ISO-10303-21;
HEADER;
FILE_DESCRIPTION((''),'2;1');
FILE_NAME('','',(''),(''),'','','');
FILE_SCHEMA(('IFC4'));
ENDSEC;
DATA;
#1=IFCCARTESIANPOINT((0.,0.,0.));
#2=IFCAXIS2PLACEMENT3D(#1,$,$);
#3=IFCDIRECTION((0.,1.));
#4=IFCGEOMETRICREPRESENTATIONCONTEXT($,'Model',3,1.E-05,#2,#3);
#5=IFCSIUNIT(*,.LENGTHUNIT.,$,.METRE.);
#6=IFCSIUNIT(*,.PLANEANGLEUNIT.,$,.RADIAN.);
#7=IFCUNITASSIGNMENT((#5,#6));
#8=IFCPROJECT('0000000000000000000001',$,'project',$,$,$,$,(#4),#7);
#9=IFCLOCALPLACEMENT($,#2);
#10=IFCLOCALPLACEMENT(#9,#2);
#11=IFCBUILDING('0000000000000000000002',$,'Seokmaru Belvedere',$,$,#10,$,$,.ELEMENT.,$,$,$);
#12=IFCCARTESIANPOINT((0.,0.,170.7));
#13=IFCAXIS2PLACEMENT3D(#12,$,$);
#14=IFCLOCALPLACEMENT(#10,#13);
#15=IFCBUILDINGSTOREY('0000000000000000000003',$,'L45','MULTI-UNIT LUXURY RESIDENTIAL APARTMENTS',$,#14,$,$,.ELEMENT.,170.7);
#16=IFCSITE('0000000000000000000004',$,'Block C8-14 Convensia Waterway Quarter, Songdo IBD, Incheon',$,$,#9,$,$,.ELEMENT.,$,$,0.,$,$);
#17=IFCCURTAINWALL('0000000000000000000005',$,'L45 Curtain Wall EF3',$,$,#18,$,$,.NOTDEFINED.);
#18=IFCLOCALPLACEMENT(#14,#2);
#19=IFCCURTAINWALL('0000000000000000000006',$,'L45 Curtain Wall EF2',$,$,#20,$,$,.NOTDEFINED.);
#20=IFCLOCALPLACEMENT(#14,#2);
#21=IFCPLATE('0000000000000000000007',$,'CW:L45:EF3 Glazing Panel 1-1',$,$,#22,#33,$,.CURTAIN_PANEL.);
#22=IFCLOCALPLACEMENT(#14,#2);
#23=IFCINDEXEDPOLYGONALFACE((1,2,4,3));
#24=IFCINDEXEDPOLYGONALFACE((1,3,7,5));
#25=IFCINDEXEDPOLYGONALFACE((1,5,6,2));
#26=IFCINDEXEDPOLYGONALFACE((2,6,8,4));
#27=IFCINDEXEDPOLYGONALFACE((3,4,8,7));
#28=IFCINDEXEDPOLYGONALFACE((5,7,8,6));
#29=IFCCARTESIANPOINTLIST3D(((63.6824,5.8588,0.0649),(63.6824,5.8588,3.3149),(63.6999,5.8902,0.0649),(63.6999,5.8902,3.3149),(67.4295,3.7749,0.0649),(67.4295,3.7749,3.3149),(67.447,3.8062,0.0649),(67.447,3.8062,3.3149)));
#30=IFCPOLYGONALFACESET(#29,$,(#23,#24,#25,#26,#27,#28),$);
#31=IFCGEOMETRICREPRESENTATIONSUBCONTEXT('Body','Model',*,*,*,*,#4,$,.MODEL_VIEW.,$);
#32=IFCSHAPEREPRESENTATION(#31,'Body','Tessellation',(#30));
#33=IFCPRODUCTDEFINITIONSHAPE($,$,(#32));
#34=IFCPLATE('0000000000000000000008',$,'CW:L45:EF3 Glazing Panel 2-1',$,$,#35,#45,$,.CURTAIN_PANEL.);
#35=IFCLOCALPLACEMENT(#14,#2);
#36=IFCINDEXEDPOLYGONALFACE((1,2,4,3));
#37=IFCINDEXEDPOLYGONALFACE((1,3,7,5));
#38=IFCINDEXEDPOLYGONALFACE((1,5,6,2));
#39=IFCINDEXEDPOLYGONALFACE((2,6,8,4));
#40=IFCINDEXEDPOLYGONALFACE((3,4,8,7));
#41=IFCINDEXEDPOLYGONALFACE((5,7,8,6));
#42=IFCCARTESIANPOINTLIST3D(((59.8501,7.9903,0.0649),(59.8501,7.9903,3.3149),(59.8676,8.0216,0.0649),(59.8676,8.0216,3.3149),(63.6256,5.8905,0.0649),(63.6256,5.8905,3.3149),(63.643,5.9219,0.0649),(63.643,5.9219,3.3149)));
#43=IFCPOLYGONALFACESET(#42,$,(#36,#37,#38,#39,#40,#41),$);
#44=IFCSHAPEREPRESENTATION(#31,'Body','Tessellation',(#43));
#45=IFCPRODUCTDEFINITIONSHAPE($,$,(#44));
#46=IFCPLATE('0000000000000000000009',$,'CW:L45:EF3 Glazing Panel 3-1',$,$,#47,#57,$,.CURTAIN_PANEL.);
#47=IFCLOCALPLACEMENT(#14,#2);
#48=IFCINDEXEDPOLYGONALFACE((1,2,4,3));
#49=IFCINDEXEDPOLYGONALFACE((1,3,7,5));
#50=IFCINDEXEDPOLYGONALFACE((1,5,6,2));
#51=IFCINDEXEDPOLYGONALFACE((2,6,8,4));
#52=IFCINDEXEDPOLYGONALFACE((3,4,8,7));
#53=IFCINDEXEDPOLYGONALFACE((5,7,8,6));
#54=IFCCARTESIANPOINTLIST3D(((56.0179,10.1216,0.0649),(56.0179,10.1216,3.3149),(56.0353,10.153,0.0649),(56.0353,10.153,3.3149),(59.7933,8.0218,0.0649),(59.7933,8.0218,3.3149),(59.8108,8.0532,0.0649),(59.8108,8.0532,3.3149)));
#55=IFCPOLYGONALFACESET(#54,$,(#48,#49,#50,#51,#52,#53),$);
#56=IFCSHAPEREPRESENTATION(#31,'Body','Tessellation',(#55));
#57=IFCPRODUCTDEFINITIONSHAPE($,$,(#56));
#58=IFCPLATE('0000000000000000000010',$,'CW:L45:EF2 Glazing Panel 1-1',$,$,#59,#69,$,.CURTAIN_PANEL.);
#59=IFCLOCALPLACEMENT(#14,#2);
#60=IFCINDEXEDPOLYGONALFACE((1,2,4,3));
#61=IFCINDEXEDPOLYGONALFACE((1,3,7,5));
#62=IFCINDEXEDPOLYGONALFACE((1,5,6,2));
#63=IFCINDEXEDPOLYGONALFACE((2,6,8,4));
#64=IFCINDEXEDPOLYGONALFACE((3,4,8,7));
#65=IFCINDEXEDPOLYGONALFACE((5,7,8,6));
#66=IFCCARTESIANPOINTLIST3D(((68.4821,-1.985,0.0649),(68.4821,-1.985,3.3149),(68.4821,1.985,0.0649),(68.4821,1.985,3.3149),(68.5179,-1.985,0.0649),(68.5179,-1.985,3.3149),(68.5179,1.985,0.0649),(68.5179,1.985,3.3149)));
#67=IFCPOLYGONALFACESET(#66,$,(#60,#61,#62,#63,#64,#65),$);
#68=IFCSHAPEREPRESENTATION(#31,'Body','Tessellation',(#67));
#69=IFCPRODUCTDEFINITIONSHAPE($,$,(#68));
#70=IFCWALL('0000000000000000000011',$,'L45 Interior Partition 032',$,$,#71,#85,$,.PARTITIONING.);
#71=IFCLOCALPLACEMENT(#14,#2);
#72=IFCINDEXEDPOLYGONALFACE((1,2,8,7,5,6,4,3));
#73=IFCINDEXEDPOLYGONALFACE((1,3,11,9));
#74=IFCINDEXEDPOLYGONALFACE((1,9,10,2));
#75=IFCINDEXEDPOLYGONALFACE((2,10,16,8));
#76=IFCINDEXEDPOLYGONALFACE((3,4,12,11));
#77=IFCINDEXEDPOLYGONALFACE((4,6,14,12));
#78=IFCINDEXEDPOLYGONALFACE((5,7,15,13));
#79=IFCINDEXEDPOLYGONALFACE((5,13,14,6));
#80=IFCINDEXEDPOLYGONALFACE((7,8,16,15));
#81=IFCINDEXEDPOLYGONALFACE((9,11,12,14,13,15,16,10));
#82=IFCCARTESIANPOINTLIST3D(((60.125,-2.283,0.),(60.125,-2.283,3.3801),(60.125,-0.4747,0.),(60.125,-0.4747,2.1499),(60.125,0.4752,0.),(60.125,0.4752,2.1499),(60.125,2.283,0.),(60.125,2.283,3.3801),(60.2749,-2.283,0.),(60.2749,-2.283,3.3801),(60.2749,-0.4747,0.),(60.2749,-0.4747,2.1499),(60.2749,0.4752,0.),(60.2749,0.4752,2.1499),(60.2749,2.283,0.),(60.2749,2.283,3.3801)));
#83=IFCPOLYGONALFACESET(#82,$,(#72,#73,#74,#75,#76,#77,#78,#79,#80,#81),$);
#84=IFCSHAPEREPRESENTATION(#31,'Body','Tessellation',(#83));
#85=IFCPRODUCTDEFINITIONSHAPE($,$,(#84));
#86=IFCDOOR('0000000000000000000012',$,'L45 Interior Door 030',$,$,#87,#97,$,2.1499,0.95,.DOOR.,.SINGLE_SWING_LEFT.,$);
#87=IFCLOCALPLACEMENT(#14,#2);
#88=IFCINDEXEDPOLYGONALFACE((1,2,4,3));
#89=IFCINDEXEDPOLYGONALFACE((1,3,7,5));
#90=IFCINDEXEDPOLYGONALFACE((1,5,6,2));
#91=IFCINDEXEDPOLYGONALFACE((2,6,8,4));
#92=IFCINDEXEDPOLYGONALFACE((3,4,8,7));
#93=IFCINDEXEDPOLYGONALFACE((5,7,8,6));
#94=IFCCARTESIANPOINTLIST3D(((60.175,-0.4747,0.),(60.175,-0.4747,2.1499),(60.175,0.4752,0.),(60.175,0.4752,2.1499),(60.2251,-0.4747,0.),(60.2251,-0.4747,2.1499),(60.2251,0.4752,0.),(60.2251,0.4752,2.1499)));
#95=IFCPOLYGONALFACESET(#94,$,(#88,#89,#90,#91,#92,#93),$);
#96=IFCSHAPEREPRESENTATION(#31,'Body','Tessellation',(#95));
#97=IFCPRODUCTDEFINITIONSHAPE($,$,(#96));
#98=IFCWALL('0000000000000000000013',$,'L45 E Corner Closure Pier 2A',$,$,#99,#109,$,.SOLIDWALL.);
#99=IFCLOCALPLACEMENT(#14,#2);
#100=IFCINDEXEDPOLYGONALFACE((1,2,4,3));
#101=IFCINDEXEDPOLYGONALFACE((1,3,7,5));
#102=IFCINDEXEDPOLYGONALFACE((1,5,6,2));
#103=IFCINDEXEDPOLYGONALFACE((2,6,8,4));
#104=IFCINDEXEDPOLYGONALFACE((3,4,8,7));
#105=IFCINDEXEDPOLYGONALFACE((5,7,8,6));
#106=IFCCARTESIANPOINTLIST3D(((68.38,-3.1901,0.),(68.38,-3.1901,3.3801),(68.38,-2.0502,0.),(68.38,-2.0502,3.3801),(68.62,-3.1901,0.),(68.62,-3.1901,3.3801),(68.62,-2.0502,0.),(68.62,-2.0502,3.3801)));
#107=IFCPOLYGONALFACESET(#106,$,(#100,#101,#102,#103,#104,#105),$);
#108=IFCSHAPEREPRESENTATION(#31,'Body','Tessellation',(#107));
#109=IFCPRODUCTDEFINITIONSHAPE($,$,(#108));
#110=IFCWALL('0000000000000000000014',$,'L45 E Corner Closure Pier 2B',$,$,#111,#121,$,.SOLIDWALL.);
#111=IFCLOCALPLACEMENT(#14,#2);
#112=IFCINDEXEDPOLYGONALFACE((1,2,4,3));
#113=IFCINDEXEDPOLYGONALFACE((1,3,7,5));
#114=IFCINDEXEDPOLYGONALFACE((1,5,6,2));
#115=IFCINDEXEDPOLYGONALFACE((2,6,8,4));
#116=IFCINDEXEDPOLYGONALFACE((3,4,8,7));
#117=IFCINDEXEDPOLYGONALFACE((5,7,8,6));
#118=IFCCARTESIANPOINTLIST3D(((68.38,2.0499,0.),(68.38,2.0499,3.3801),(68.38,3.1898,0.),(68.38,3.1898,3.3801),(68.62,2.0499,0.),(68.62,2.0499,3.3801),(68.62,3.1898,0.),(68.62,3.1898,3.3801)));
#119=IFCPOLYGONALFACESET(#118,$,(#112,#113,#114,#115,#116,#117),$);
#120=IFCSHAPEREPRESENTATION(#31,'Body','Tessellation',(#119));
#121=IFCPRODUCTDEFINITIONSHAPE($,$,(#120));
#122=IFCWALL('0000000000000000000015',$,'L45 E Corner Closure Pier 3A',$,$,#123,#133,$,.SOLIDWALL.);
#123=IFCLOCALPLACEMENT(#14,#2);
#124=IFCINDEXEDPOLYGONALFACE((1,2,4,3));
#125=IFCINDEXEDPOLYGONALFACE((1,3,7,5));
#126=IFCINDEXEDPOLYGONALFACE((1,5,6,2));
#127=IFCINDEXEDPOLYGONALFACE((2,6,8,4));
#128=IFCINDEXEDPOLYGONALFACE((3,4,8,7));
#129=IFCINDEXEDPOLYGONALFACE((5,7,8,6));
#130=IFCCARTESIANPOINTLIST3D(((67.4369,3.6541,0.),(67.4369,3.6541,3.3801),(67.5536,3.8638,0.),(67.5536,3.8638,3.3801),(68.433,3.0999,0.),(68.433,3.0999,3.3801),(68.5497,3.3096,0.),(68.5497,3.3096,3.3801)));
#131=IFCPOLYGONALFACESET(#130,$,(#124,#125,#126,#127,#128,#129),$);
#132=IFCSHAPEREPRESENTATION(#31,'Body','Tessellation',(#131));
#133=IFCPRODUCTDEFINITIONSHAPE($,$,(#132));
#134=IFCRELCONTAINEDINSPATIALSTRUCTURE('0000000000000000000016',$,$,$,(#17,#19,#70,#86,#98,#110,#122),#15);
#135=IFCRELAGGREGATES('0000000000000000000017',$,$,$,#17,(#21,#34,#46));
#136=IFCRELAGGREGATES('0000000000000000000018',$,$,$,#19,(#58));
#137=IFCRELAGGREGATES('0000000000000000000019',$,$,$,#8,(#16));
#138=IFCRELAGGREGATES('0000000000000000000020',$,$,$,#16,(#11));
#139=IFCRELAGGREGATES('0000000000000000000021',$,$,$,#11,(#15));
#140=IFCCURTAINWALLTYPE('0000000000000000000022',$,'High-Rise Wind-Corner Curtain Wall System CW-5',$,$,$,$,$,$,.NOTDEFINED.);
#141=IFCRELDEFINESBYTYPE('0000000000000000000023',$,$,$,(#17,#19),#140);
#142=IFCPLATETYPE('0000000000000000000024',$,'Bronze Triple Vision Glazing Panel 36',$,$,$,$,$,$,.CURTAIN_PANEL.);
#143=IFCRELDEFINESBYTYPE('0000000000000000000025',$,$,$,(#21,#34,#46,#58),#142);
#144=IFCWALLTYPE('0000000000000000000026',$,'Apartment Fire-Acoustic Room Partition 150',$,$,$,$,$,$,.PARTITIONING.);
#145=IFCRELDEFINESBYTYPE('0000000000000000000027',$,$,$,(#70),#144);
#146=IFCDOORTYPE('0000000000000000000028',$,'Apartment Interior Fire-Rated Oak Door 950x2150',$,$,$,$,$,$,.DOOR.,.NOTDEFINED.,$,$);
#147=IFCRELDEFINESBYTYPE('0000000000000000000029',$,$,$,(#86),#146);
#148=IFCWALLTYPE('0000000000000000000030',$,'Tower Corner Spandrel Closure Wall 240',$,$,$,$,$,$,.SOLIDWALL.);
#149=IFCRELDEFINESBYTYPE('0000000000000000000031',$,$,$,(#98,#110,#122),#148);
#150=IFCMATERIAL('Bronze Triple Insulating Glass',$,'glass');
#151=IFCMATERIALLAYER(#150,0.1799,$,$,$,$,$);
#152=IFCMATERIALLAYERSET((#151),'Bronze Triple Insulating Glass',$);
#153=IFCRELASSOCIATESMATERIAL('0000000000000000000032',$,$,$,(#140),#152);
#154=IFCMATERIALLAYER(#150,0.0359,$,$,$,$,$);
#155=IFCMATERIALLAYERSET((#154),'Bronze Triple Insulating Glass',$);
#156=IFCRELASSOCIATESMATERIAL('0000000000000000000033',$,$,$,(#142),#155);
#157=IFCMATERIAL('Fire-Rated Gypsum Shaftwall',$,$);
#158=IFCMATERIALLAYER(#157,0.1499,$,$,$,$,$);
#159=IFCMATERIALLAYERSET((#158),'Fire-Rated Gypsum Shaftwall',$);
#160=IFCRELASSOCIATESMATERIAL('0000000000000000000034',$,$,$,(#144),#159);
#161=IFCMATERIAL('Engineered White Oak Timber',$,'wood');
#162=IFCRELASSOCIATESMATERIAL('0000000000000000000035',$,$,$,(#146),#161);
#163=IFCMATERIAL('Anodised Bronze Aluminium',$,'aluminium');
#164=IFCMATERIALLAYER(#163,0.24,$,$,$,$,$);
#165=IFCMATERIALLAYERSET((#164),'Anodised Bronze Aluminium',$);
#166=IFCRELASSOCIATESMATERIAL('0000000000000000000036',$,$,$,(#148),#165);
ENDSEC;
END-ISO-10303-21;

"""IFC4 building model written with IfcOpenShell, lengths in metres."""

from ifc_helpers import new_model, si_unit, direction, frame, frame_2d, origin, origin_2d, place, context, subcontext, project, spatial, rectangle, extrude, source, transform, mapped, material, layer, layer_set, type_object, type_shapes, element, fill, aggregate, save


model = new_model("IFC4")

# Units and contexts
model_context = context("Model", 3, precision=1e-05, world=origin(), true_north=direction((0.0, 1.0)))
body_context = subcontext(model_context, "Body", "Model", "MODEL_VIEW")
ifc_project = project(units=[si_unit("LENGTHUNIT", "METRE"), si_unit("PLANEANGLEUNIT", "RADIAN")], contexts=[model_context])

# Site, building, storey
site_placement = place(None, origin())
site = spatial("IfcSite", under=ifc_project, at=site_placement, Name="Block C8-14 Convensia Waterway Quarter, Songdo IBD, Incheon", CompositionType="ELEMENT", RefElevation=0.0)
building_placement = place(site_placement, origin())
building = spatial("IfcBuilding", under=site, at=building_placement, Name="Seokmaru Belvedere", CompositionType="ELEMENT")
storey_placement = place(building_placement, frame((0.0, 0.0, 170.7)))
storey = spatial("IfcBuildingStorey", under=building, at=storey_placement, Name="L45", Description="MULTI-UNIT LUXURY RESIDENTIAL APARTMENTS", CompositionType="ELEMENT", Elevation=170.7)

# Curtain walls
ifc_material_1 = material(Name="Bronze Triple Insulating Glass", Category="glass")
ifc_layer_1 = layer(ifc_material_1, 0.1799)
ifc_layer_set_1 = layer_set([ifc_layer_1], Name="Bronze Triple Insulating Glass")
curtain_wall_type = type_object("IfcCurtainWallType", Name="High-Rise Wind-Corner Curtain Wall System CW-5", PredefinedType="NOTDEFINED", material=ifc_layer_set_1)
curtain_wall_1_placement = place(storey_placement, origin())
curtain_wall_1 = element("IfcCurtainWall", 1, at=curtain_wall_1_placement, inside=storey, type_object=curtain_wall_type, Name="L45 Curtain Wall EF3", PredefinedType="NOTDEFINED")
ifc_material_2 = material(Name="Anodised Bronze Aluminium", Category="aluminium")
curtain_wall_2_placement = place(storey_placement, origin())
curtain_wall_2 = element("IfcCurtainWall", 2, at=curtain_wall_2_placement, inside=storey, type_object=curtain_wall_type, Name="L45 Curtain Wall EF2", PredefinedType="NOTDEFINED")

# Plates
ifc_layer_2 = layer(ifc_material_1, 0.0359)
ifc_layer_set_2 = layer_set([ifc_layer_2], Name="Bronze Triple Insulating Glass")
plate_type = type_object("IfcPlateType", Name="Bronze Triple Vision Glazing Panel 36", PredefinedType="CURTAIN_PANEL", material=ifc_layer_set_2)
shared_shape_1 = source(origin(), body_context, "Body", "SweptSolid", [
    extrude(rectangle(XDim=4.2876, YDim=0.0359, at=origin_2d()), origin(), (0.0, 0.0, 1.0), 3.25),
])
plate_1_placement = place(storey_placement, frame((65.5647, 4.8325, 0.0649), z_axis=(0.0, 0.0, 1.0), x_axis=(-0.873933, 0.486047, 0.0)))
plate_1 = element("IfcPlate", 3, at=plate_1_placement, type_object=plate_type, Name="CW:L45:EF3 Glazing Panel 1-1", PredefinedType="CURTAIN_PANEL", context=body_context, shape_type="MappedRepresentation", body=[
    mapped(shared_shape_1, transform((0.0, 0.0, 0.0), scale=1.0)),
])
shared_shape_2 = source(origin(), body_context, "Body", "SweptSolid", [
    extrude(rectangle(XDim=4.3201, YDim=0.0359, at=origin_2d()), origin(), (0.0, 0.0, 1.0), 3.25),
])
plate_2_placement = place(storey_placement, frame((61.7466, 6.9561, 0.0649), z_axis=(0.0, 0.0, 1.0), x_axis=(-0.873933, 0.486047, 0.0)))
plate_2 = element("IfcPlate", 4, at=plate_2_placement, type_object=plate_type, Name="CW:L45:EF3 Glazing Panel 2-1", PredefinedType="CURTAIN_PANEL", context=body_context, shape_type="MappedRepresentation", body=[
    mapped(shared_shape_2, transform((0.0, 0.0, 0.0), scale=1.0)),
])
plate_3_placement = place(storey_placement, frame((57.9143, 9.0874, 0.0649), z_axis=(0.0, 0.0, 1.0), x_axis=(-0.873933, 0.486047, 0.0)))
plate_3 = element("IfcPlate", 5, at=plate_3_placement, type_object=plate_type, Name="CW:L45:EF3 Glazing Panel 3-1", PredefinedType="CURTAIN_PANEL", context=body_context, shape_type="MappedRepresentation", body=[
    mapped(shared_shape_2, transform((0.0, 0.0, 0.0), scale=1.0)),
])
aggregate(curtain_wall_1, [plate_1, plate_2, plate_3])
shared_shape_3 = source(origin(), body_context, "Body", "SweptSolid", [
    extrude(rectangle(XDim=3.97, YDim=0.0359, at=origin_2d()), origin(), (0.0, 0.0, 1.0), 3.25),
])
type_shapes(plate_type, [shared_shape_1, shared_shape_2, shared_shape_3])
plate_4_placement = place(storey_placement, frame((68.5, 0.0, 0.0649), z_axis=(0.0, 0.0, 1.0), x_axis=(0.0, 1.0, 0.0)))
plate_4 = element("IfcPlate", 6, at=plate_4_placement, type_object=plate_type, Name="CW:L45:EF2 Glazing Panel 1-1", PredefinedType="CURTAIN_PANEL", context=body_context, shape_type="MappedRepresentation", body=[
    mapped(shared_shape_3, transform((0.0, 0.0, 0.0), scale=1.0)),
])
aggregate(curtain_wall_2, [plate_4])

# Wall, opening, door
ifc_material_3 = material(Name="Fire-Rated Gypsum Shaftwall")
ifc_layer_3 = layer(ifc_material_3, 0.1499)
ifc_layer_set_3 = layer_set([ifc_layer_3], Name="Fire-Rated Gypsum Shaftwall")
wall_type_1 = type_object("IfcWallType", Name="Apartment Fire-Acoustic Room Partition 150", PredefinedType="PARTITIONING", material=ifc_layer_set_3)
wall_placement = place(storey_placement, frame((60.2, -2.283, 0.0), z_axis=(0.0, 0.0, 1.0), x_axis=(0.0, 1.0, 0.0)))
wall = element("IfcWall", 7, at=wall_placement, inside=storey, type_object=wall_type_1, Name="L45 Interior Partition 032", PredefinedType="PARTITIONING", context=body_context, shape_type="SweptSolid", body=[
    extrude(rectangle(XDim=4.5659, YDim=0.1499, at=frame_2d((2.283, 0.0))), origin(), (0.0, 0.0, 1.0), 3.3801),
])
opening_placement = place(wall_placement, frame((1.8081, 0.0, 0.0)))
opening = element("IfcOpeningElement", 8, at=opening_placement, cuts=wall, PredefinedType="OPENING", context=body_context, shape_type="SweptSolid", body=[
    extrude(rectangle(XDim=0.95, YDim=2.1499, at=frame_2d((0.4751, 1.075))), frame((0.0, 0.085, 0.0), z_axis=(0.0, -1.0, 0.0), x_axis=(1.0, 0.0, 0.0)), (0.0, 0.0, 1.0), 0.1699),
])
ifc_material_4 = material(Name="Engineered White Oak Timber", Category="wood")
door_type = type_object("IfcDoorType", Name="Apartment Interior Fire-Rated Oak Door 950x2150", OperationType="NOTDEFINED", PredefinedType="DOOR", material=ifc_material_4)
shared_shape_4 = source(origin(), body_context, "Body", "SweptSolid", [
    extrude(rectangle(XDim=0.95, YDim=2.1499, at=frame_2d((0.4751, 1.075))), frame((0.0, 0.0249, 0.0), z_axis=(0.0, -1.0, 0.0), x_axis=(1.0, 0.0, 0.0)), (0.0, 0.0, 1.0), 0.05),
])
type_shapes(door_type, [shared_shape_4])
door_placement = place(opening_placement, origin())
door = element("IfcDoor", 9, at=door_placement, inside=storey, type_object=door_type, Name="L45 Interior Door 030", OperationType="SINGLE_SWING_LEFT", OverallHeight=2.1499, OverallWidth=0.95, PredefinedType="DOOR", context=body_context, shape_type="MappedRepresentation", body=[
    mapped(shared_shape_4, transform((0.0, 0.0, 0.0), scale=1.0)),
])
fill(opening, door)

# Walls
ifc_layer_4 = layer(ifc_material_2, 0.24)
ifc_layer_set_4 = layer_set([ifc_layer_4], Name="Anodised Bronze Aluminium")
wall_type_2 = type_object("IfcWallType", Name="Tower Corner Spandrel Closure Wall 240", PredefinedType="SOLIDWALL", material=ifc_layer_set_4)
for number, where, z_axis, x_axis, name in (
    (10, (68.5, -3.1899, 0.0), (0.0, 0.0, 1.0), (0.0, 1.0, 0.0), "L45 E Corner Closure Pier 2A"),
    (11, (68.5, 2.05, 0.0), (0.0, 0.0, 1.0), (0.0, 1.0, 0.0), "L45 E Corner Closure Pier 2B"),
    (12, (68.4912, 3.2048, 0.0), (0.0, 0.0, 1.0), (-0.873854, 0.486188, 0.0), "L45 E Corner Closure Pier 3A"),
):
    element("IfcWall", number, at=place(storey_placement, frame(where, z_axis=z_axis, x_axis=x_axis)), inside=storey, type_object=wall_type_2, Name=name, PredefinedType="SOLIDWALL", context=body_context, shape_type="SweptSolid", body=[
        extrude(rectangle(XDim=1.1399, YDim=0.24, at=frame_2d((0.5698, 0.0))), origin(), (0.0, 0.0, 1.0), 3.3801),
    ])

save(model, "model.ifc")
